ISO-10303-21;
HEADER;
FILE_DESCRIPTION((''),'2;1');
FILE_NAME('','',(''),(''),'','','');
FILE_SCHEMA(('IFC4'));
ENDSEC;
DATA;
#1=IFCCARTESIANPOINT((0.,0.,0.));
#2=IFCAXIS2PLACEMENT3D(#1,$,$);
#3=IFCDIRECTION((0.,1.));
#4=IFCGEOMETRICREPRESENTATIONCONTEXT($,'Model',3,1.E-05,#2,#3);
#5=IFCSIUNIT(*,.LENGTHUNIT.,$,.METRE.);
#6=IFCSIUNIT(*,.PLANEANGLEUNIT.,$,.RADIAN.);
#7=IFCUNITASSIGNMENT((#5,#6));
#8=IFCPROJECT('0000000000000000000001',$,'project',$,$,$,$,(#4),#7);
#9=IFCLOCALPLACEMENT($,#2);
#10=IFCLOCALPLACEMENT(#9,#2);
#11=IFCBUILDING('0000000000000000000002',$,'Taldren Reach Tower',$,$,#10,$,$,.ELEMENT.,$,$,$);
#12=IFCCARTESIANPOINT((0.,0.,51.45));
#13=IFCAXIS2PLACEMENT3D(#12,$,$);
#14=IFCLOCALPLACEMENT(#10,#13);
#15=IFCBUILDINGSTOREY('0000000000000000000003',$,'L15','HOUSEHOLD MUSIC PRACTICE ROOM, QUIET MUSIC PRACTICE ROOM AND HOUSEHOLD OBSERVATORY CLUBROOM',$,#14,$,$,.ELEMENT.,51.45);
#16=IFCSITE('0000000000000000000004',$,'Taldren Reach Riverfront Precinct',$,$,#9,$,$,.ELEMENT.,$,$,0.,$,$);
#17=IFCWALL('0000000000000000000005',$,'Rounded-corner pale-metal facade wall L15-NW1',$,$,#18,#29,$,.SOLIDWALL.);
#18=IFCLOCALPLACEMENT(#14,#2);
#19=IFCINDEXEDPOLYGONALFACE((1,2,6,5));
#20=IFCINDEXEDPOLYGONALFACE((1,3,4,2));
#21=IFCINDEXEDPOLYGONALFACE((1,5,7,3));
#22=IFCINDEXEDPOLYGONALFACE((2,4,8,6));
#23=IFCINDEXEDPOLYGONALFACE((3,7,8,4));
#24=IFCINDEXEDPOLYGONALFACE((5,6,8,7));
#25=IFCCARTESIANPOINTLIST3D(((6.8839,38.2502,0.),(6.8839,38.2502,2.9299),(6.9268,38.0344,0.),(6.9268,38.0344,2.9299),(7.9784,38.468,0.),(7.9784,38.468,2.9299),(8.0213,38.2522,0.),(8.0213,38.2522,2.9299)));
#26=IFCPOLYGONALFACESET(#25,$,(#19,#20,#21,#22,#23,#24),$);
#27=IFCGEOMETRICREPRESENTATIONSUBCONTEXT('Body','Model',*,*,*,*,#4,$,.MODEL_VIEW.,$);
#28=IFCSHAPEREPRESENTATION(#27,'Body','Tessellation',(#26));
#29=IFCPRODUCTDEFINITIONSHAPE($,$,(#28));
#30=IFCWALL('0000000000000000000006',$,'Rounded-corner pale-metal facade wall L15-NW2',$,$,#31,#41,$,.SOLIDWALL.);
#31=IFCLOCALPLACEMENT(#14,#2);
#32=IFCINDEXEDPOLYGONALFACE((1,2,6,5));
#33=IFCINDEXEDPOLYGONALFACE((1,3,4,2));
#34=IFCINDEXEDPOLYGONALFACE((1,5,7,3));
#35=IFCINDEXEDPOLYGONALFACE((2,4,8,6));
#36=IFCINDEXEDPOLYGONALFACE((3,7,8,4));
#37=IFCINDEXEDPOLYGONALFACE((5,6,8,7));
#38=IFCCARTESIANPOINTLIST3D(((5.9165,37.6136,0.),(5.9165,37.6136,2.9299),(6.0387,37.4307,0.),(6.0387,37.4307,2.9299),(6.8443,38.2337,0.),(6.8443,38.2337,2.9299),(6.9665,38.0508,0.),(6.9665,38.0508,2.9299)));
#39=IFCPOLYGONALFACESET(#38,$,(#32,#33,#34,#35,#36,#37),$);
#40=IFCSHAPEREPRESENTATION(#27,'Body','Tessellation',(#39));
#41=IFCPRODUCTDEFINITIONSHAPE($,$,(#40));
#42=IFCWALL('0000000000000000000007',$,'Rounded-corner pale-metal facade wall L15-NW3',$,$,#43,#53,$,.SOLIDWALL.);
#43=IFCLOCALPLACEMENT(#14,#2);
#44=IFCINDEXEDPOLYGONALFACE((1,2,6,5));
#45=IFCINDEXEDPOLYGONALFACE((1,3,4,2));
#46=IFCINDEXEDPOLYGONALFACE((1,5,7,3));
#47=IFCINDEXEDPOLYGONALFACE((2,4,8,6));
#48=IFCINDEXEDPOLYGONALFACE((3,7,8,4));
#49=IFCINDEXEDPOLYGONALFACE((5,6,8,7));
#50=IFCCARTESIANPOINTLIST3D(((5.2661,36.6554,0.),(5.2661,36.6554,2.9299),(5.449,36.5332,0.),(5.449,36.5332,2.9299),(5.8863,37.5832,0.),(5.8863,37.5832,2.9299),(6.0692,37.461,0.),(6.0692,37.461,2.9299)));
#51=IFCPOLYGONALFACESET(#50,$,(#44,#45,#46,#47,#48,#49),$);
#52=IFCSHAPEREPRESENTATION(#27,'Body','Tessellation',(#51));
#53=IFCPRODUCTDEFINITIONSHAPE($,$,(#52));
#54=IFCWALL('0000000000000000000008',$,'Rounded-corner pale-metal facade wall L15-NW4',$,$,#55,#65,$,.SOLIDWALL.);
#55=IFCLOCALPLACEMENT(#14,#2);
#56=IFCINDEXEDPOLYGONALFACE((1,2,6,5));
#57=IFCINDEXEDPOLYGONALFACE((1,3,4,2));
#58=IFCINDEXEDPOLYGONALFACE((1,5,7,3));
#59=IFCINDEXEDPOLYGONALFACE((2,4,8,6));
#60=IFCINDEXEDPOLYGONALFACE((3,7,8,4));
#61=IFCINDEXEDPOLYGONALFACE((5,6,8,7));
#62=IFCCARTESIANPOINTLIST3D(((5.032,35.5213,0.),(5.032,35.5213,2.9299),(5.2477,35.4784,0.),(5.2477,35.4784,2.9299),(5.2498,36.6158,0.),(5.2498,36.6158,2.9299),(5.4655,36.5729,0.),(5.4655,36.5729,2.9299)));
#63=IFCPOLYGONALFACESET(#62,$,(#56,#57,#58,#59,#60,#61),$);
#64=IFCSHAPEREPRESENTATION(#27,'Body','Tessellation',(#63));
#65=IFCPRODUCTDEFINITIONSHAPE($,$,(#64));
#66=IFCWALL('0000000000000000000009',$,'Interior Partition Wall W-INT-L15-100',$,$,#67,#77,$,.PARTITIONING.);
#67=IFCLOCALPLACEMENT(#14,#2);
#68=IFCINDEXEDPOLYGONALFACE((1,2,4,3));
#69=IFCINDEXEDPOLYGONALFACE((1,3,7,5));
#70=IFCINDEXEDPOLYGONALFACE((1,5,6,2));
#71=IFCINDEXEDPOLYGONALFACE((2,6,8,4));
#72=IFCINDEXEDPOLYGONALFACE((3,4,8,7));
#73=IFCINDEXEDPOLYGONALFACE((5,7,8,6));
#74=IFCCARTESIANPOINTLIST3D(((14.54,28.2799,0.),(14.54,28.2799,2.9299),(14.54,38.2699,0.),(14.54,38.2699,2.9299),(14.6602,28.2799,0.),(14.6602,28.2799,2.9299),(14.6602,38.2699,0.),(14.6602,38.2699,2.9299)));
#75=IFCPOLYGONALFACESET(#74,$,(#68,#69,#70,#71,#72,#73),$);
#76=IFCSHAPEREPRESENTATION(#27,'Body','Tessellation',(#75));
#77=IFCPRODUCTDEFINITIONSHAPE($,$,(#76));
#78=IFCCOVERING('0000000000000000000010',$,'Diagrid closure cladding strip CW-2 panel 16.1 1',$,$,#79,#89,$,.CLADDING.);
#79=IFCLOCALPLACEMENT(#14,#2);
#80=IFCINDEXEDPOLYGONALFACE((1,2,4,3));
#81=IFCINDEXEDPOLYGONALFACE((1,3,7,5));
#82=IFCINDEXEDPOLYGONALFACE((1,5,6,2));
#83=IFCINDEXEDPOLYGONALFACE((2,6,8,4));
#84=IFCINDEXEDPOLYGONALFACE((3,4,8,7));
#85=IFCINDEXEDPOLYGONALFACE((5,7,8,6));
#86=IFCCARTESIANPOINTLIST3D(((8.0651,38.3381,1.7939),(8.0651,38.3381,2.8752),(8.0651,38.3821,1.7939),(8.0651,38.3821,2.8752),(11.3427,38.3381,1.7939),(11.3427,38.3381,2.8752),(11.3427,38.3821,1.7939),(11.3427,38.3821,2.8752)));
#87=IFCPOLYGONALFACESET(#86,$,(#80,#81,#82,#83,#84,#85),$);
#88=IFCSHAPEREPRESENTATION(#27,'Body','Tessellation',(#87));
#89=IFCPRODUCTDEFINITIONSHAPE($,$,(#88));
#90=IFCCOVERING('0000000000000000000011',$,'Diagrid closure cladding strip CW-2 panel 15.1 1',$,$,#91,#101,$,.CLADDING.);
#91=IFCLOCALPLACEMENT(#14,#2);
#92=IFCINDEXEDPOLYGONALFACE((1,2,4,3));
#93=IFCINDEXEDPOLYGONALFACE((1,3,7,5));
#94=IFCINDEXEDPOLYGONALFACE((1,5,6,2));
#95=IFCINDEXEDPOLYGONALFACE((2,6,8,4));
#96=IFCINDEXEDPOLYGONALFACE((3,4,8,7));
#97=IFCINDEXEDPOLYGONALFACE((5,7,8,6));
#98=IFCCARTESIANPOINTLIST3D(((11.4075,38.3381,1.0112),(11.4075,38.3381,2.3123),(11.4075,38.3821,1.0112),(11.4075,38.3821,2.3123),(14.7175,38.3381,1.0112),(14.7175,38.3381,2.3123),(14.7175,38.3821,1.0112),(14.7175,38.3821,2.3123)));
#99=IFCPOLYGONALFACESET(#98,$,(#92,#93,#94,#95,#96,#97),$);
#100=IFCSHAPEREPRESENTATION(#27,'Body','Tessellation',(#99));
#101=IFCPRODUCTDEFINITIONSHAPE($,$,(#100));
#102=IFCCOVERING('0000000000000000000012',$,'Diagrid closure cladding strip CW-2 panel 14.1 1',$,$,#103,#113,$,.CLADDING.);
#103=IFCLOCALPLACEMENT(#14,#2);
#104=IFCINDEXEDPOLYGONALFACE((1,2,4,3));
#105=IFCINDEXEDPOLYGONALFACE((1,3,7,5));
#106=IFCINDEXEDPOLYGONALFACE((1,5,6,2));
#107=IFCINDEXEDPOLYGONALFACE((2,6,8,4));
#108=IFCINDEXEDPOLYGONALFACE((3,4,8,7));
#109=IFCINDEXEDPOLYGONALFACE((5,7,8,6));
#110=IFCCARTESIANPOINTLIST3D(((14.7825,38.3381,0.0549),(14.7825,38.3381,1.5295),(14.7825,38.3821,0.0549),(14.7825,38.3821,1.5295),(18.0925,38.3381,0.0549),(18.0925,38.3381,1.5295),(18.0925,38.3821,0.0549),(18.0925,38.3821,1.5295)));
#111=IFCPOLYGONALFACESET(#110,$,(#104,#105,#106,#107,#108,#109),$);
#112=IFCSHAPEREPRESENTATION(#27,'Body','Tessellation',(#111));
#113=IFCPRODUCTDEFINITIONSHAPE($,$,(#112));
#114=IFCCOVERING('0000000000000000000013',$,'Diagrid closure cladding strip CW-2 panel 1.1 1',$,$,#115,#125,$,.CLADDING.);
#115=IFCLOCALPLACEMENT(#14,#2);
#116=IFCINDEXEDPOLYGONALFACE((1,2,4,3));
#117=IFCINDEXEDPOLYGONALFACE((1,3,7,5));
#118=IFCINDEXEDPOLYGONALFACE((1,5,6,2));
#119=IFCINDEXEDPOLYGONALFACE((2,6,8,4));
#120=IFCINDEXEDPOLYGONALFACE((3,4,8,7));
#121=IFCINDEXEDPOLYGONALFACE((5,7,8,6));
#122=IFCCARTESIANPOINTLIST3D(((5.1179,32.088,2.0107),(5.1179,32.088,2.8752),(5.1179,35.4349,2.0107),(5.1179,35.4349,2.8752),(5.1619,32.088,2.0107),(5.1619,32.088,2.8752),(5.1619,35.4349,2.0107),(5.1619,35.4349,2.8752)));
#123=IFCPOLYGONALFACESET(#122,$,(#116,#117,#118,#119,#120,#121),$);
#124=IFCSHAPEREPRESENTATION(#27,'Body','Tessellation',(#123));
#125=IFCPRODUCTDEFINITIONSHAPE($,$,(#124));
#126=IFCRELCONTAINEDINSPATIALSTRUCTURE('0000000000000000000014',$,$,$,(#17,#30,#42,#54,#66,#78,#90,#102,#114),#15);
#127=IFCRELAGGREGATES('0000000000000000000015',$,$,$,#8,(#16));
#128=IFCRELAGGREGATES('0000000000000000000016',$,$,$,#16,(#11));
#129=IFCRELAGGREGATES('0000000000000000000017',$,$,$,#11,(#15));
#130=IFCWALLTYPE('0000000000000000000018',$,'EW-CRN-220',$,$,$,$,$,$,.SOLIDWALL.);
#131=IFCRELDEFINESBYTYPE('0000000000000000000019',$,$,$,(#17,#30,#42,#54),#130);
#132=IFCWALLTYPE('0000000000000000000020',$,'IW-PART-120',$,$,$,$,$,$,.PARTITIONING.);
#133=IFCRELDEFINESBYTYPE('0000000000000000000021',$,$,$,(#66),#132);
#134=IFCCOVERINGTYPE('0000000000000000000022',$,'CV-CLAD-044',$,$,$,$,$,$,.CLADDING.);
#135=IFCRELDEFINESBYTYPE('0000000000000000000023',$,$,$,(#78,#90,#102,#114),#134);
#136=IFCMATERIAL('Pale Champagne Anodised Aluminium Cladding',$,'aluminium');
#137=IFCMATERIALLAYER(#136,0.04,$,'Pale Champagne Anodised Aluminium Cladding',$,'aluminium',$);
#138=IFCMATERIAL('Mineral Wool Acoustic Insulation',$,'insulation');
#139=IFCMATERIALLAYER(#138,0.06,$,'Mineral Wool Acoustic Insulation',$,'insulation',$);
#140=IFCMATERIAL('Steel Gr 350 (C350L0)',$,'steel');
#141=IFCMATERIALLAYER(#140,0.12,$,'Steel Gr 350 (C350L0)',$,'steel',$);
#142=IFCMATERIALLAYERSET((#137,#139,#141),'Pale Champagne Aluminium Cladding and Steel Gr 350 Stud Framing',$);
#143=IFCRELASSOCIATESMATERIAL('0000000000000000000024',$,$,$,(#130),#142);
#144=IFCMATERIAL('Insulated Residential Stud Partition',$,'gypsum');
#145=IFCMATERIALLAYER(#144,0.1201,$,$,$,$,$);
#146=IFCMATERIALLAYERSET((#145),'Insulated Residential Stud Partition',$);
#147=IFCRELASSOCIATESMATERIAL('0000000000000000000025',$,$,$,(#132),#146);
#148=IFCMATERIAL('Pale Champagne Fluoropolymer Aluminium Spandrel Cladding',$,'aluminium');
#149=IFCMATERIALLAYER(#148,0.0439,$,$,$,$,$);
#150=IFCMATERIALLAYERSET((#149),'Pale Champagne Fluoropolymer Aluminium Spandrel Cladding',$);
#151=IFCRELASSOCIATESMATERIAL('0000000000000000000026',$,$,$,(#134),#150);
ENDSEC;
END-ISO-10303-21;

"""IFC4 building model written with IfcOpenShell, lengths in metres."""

from ifc_helpers import new_model, si_unit, direction, frame, frame_2d, origin, origin_2d, place, context, subcontext, project, spatial, rectangle, extrude, source, transform, mapped, material, layer, layer_set, type_object, element, save


model = new_model("IFC4")

# Units and contexts
model_context = context("Model", 3, precision=1e-05, world=origin(), true_north=direction((0.0, 1.0)))
body_context = subcontext(model_context, "Body", "Model", "MODEL_VIEW")
ifc_project = project(units=[si_unit("LENGTHUNIT", "METRE"), si_unit("PLANEANGLEUNIT", "RADIAN")], contexts=[model_context])

# Site, building, storey
site_placement = place(None, origin())
site = spatial("IfcSite", under=ifc_project, at=site_placement, Name="Taldren Reach Riverfront Precinct", CompositionType="ELEMENT", RefElevation=0.0)
building_placement = place(site_placement, origin())
building = spatial("IfcBuilding", under=site, at=building_placement, Name="Taldren Reach Tower", CompositionType="ELEMENT")
storey_placement = place(building_placement, frame((0.0, 0.0, 51.45)))
storey = spatial("IfcBuildingStorey", under=building, at=storey_placement, Name="L15", Description="HOUSEHOLD MUSIC PRACTICE ROOM, QUIET MUSIC PRACTICE ROOM AND HOUSEHOLD OBSERVATORY CLUBROOM", CompositionType="ELEMENT", Elevation=51.45)

# Shared definitions
ifc_material_1 = material(Name="Steel Gr 350 (C350L0)", Category="steel")

# Walls
ifc_material_2 = material(Name="Pale Champagne Anodised Aluminium Cladding", Category="aluminium")
ifc_layer_1 = layer(ifc_material_2, 0.04, Name="Pale Champagne Anodised Aluminium Cladding", Category="aluminium")
ifc_material_3 = material(Name="Mineral Wool Acoustic Insulation", Category="insulation")
ifc_layer_2 = layer(ifc_material_3, 0.06, Name="Mineral Wool Acoustic Insulation", Category="insulation")
ifc_layer_3 = layer(ifc_material_1, 0.12, Name="Steel Gr 350 (C350L0)", Category="steel")
ifc_layer_set_1 = layer_set([ifc_layer_1, ifc_layer_2, ifc_layer_3], Name="Pale Champagne Aluminium Cladding and Steel Gr 350 Stud Framing")
wall_type_1 = type_object("IfcWallType", Name="EW-CRN-220", PredefinedType="SOLIDWALL", material=ifc_layer_set_1)
shared_shape_1 = source(origin(), body_context, "Body", "SweptSolid", [
    extrude(rectangle(XDim=1.116, YDim=0.22, at=frame_2d((0.5581, 0.0))), origin(), (0.0, 0.0, 1.0), 2.9299),
])
for number, where, z_axis, x_axis, name in (
    (1, (8.0, 38.3601, 0.0), (0.0, 0.0, 1.0), (-0.980774, -0.195148, 0.0), "Rounded-corner pale-metal facade wall L15-NW1"),
    (2, (6.9055, 38.1423, 0.0), (0.0, 0.0, 1.0), (-0.831377, -0.55571, 0.0), "Rounded-corner pale-metal facade wall L15-NW2"),
    (3, (5.9778, 37.5222, 0.0), (0.0, 0.0, 1.0), (-0.55571, -0.831377, 0.0), "Rounded-corner pale-metal facade wall L15-NW3"),
    (4, (5.3577, 36.5945, 0.0), (0.0, 0.0, 1.0), (-0.195148, -0.980774, 0.0), "Rounded-corner pale-metal facade wall L15-NW4"),
):
    element("IfcWall", number, at=place(storey_placement, frame(where, z_axis=z_axis, x_axis=x_axis)), inside=storey, type_object=wall_type_1, Name=name, PredefinedType="SOLIDWALL", context=body_context, shape_type="MappedRepresentation", body=[
        mapped(shared_shape_1, transform((0.0, 0.0, 0.0), scale=1.0)),
    ])
ifc_material_4 = material(Name="Insulated Residential Stud Partition", Category="gypsum")
ifc_layer_4 = layer(ifc_material_4, 0.1201)
ifc_layer_set_2 = layer_set([ifc_layer_4], Name="Insulated Residential Stud Partition")
wall_type_2 = type_object("IfcWallType", Name="IW-PART-120", PredefinedType="PARTITIONING", material=ifc_layer_set_2)
shared_shape_2 = source(origin(), body_context, "Body", "SweptSolid", [
    extrude(rectangle(XDim=9.99, YDim=0.1201, at=frame_2d((4.9951, 0.0))), origin(), (0.0, 0.0, 1.0), 2.9299),
])
wall_placement = place(storey_placement, frame((14.6001, 38.27, 0.0), z_axis=(0.0, 0.0, 1.0), x_axis=(0.0, -1.0, 0.0)))
element("IfcWall", 5, at=wall_placement, inside=storey, type_object=wall_type_2, Name="Interior Partition Wall W-INT-L15-100", PredefinedType="PARTITIONING", context=body_context, shape_type="MappedRepresentation", body=[
    mapped(shared_shape_2, transform((0.0, 0.0, 0.0), scale=1.0)),
])

# Coverings
ifc_material_5 = material(Name="Pale Champagne Fluoropolymer Aluminium Spandrel Cladding", Category="aluminium")
ifc_layer_5 = layer(ifc_material_5, 0.0439)
ifc_layer_set_3 = layer_set([ifc_layer_5], Name="Pale Champagne Fluoropolymer Aluminium Spandrel Cladding")
covering_type = type_object("IfcCoveringType", Name="CV-CLAD-044", PredefinedType="CLADDING", material=ifc_layer_set_3)
shared_shape_3 = source(origin(), body_context, "Body", "SweptSolid", [
    extrude(rectangle(XDim=3.2776, YDim=0.0439, at=origin_2d()), origin(), (0.0, 0.0, 1.0), 1.0813),
])
covering_1_placement = place(storey_placement, frame((9.7039, 38.3601, 1.7939), z_axis=(0.0, 0.0, 1.0), x_axis=(-1.0, 0.0, 0.0)))
element("IfcCovering", 6, at=covering_1_placement, inside=storey, type_object=covering_type, Name="Diagrid closure cladding strip CW-2 panel 16.1 1", PredefinedType="CLADDING", context=body_context, shape_type="MappedRepresentation", body=[
    mapped(shared_shape_3, transform((0.0, 0.0, 0.0), scale=1.0)),
])
shared_shape_4 = source(origin(), body_context, "Body", "SweptSolid", [
    extrude(rectangle(XDim=3.3101, YDim=0.0439, at=origin_2d()), origin(), (0.0, 0.0, 1.0), 1.301),
])
covering_2_placement = place(storey_placement, frame((13.0625, 38.3601, 1.0112), z_axis=(0.0, 0.0, 1.0), x_axis=(-1.0, 0.0, 0.0)))
element("IfcCovering", 7, at=covering_2_placement, inside=storey, type_object=covering_type, Name="Diagrid closure cladding strip CW-2 panel 15.1 1", PredefinedType="CLADDING", context=body_context, shape_type="MappedRepresentation", body=[
    mapped(shared_shape_4, transform((0.0, 0.0, 0.0), scale=1.0)),
])
shared_shape_5 = source(origin(), body_context, "Body", "SweptSolid", [
    extrude(rectangle(XDim=3.3101, YDim=0.0439, at=origin_2d()), origin(), (0.0, 0.0, 1.0), 1.4746),
])
covering_3_placement = place(storey_placement, frame((16.4375, 38.3601, 0.0549), z_axis=(0.0, 0.0, 1.0), x_axis=(-1.0, 0.0, 0.0)))
element("IfcCovering", 8, at=covering_3_placement, inside=storey, type_object=covering_type, Name="Diagrid closure cladding strip CW-2 panel 14.1 1", PredefinedType="CLADDING", context=body_context, shape_type="MappedRepresentation", body=[
    mapped(shared_shape_5, transform((0.0, 0.0, 0.0), scale=1.0)),
])
shared_shape_6 = source(origin(), body_context, "Body", "SweptSolid", [
    extrude(rectangle(XDim=3.3469, YDim=0.0439, at=origin_2d()), origin(), (0.0, 0.0, 1.0), 0.8645),
])
covering_4_placement = place(storey_placement, frame((5.1399, 33.7615, 2.0107), z_axis=(0.0, 0.0, 1.0), x_axis=(0.0, -1.0, 0.0)))
element("IfcCovering", 9, at=covering_4_placement, inside=storey, type_object=covering_type, Name="Diagrid closure cladding strip CW-2 panel 1.1 1", PredefinedType="CLADDING", context=body_context, shape_type="MappedRepresentation", body=[
    mapped(shared_shape_6, transform((0.0, 0.0, 0.0), scale=1.0)),
])

save(model, "model.ifc")
